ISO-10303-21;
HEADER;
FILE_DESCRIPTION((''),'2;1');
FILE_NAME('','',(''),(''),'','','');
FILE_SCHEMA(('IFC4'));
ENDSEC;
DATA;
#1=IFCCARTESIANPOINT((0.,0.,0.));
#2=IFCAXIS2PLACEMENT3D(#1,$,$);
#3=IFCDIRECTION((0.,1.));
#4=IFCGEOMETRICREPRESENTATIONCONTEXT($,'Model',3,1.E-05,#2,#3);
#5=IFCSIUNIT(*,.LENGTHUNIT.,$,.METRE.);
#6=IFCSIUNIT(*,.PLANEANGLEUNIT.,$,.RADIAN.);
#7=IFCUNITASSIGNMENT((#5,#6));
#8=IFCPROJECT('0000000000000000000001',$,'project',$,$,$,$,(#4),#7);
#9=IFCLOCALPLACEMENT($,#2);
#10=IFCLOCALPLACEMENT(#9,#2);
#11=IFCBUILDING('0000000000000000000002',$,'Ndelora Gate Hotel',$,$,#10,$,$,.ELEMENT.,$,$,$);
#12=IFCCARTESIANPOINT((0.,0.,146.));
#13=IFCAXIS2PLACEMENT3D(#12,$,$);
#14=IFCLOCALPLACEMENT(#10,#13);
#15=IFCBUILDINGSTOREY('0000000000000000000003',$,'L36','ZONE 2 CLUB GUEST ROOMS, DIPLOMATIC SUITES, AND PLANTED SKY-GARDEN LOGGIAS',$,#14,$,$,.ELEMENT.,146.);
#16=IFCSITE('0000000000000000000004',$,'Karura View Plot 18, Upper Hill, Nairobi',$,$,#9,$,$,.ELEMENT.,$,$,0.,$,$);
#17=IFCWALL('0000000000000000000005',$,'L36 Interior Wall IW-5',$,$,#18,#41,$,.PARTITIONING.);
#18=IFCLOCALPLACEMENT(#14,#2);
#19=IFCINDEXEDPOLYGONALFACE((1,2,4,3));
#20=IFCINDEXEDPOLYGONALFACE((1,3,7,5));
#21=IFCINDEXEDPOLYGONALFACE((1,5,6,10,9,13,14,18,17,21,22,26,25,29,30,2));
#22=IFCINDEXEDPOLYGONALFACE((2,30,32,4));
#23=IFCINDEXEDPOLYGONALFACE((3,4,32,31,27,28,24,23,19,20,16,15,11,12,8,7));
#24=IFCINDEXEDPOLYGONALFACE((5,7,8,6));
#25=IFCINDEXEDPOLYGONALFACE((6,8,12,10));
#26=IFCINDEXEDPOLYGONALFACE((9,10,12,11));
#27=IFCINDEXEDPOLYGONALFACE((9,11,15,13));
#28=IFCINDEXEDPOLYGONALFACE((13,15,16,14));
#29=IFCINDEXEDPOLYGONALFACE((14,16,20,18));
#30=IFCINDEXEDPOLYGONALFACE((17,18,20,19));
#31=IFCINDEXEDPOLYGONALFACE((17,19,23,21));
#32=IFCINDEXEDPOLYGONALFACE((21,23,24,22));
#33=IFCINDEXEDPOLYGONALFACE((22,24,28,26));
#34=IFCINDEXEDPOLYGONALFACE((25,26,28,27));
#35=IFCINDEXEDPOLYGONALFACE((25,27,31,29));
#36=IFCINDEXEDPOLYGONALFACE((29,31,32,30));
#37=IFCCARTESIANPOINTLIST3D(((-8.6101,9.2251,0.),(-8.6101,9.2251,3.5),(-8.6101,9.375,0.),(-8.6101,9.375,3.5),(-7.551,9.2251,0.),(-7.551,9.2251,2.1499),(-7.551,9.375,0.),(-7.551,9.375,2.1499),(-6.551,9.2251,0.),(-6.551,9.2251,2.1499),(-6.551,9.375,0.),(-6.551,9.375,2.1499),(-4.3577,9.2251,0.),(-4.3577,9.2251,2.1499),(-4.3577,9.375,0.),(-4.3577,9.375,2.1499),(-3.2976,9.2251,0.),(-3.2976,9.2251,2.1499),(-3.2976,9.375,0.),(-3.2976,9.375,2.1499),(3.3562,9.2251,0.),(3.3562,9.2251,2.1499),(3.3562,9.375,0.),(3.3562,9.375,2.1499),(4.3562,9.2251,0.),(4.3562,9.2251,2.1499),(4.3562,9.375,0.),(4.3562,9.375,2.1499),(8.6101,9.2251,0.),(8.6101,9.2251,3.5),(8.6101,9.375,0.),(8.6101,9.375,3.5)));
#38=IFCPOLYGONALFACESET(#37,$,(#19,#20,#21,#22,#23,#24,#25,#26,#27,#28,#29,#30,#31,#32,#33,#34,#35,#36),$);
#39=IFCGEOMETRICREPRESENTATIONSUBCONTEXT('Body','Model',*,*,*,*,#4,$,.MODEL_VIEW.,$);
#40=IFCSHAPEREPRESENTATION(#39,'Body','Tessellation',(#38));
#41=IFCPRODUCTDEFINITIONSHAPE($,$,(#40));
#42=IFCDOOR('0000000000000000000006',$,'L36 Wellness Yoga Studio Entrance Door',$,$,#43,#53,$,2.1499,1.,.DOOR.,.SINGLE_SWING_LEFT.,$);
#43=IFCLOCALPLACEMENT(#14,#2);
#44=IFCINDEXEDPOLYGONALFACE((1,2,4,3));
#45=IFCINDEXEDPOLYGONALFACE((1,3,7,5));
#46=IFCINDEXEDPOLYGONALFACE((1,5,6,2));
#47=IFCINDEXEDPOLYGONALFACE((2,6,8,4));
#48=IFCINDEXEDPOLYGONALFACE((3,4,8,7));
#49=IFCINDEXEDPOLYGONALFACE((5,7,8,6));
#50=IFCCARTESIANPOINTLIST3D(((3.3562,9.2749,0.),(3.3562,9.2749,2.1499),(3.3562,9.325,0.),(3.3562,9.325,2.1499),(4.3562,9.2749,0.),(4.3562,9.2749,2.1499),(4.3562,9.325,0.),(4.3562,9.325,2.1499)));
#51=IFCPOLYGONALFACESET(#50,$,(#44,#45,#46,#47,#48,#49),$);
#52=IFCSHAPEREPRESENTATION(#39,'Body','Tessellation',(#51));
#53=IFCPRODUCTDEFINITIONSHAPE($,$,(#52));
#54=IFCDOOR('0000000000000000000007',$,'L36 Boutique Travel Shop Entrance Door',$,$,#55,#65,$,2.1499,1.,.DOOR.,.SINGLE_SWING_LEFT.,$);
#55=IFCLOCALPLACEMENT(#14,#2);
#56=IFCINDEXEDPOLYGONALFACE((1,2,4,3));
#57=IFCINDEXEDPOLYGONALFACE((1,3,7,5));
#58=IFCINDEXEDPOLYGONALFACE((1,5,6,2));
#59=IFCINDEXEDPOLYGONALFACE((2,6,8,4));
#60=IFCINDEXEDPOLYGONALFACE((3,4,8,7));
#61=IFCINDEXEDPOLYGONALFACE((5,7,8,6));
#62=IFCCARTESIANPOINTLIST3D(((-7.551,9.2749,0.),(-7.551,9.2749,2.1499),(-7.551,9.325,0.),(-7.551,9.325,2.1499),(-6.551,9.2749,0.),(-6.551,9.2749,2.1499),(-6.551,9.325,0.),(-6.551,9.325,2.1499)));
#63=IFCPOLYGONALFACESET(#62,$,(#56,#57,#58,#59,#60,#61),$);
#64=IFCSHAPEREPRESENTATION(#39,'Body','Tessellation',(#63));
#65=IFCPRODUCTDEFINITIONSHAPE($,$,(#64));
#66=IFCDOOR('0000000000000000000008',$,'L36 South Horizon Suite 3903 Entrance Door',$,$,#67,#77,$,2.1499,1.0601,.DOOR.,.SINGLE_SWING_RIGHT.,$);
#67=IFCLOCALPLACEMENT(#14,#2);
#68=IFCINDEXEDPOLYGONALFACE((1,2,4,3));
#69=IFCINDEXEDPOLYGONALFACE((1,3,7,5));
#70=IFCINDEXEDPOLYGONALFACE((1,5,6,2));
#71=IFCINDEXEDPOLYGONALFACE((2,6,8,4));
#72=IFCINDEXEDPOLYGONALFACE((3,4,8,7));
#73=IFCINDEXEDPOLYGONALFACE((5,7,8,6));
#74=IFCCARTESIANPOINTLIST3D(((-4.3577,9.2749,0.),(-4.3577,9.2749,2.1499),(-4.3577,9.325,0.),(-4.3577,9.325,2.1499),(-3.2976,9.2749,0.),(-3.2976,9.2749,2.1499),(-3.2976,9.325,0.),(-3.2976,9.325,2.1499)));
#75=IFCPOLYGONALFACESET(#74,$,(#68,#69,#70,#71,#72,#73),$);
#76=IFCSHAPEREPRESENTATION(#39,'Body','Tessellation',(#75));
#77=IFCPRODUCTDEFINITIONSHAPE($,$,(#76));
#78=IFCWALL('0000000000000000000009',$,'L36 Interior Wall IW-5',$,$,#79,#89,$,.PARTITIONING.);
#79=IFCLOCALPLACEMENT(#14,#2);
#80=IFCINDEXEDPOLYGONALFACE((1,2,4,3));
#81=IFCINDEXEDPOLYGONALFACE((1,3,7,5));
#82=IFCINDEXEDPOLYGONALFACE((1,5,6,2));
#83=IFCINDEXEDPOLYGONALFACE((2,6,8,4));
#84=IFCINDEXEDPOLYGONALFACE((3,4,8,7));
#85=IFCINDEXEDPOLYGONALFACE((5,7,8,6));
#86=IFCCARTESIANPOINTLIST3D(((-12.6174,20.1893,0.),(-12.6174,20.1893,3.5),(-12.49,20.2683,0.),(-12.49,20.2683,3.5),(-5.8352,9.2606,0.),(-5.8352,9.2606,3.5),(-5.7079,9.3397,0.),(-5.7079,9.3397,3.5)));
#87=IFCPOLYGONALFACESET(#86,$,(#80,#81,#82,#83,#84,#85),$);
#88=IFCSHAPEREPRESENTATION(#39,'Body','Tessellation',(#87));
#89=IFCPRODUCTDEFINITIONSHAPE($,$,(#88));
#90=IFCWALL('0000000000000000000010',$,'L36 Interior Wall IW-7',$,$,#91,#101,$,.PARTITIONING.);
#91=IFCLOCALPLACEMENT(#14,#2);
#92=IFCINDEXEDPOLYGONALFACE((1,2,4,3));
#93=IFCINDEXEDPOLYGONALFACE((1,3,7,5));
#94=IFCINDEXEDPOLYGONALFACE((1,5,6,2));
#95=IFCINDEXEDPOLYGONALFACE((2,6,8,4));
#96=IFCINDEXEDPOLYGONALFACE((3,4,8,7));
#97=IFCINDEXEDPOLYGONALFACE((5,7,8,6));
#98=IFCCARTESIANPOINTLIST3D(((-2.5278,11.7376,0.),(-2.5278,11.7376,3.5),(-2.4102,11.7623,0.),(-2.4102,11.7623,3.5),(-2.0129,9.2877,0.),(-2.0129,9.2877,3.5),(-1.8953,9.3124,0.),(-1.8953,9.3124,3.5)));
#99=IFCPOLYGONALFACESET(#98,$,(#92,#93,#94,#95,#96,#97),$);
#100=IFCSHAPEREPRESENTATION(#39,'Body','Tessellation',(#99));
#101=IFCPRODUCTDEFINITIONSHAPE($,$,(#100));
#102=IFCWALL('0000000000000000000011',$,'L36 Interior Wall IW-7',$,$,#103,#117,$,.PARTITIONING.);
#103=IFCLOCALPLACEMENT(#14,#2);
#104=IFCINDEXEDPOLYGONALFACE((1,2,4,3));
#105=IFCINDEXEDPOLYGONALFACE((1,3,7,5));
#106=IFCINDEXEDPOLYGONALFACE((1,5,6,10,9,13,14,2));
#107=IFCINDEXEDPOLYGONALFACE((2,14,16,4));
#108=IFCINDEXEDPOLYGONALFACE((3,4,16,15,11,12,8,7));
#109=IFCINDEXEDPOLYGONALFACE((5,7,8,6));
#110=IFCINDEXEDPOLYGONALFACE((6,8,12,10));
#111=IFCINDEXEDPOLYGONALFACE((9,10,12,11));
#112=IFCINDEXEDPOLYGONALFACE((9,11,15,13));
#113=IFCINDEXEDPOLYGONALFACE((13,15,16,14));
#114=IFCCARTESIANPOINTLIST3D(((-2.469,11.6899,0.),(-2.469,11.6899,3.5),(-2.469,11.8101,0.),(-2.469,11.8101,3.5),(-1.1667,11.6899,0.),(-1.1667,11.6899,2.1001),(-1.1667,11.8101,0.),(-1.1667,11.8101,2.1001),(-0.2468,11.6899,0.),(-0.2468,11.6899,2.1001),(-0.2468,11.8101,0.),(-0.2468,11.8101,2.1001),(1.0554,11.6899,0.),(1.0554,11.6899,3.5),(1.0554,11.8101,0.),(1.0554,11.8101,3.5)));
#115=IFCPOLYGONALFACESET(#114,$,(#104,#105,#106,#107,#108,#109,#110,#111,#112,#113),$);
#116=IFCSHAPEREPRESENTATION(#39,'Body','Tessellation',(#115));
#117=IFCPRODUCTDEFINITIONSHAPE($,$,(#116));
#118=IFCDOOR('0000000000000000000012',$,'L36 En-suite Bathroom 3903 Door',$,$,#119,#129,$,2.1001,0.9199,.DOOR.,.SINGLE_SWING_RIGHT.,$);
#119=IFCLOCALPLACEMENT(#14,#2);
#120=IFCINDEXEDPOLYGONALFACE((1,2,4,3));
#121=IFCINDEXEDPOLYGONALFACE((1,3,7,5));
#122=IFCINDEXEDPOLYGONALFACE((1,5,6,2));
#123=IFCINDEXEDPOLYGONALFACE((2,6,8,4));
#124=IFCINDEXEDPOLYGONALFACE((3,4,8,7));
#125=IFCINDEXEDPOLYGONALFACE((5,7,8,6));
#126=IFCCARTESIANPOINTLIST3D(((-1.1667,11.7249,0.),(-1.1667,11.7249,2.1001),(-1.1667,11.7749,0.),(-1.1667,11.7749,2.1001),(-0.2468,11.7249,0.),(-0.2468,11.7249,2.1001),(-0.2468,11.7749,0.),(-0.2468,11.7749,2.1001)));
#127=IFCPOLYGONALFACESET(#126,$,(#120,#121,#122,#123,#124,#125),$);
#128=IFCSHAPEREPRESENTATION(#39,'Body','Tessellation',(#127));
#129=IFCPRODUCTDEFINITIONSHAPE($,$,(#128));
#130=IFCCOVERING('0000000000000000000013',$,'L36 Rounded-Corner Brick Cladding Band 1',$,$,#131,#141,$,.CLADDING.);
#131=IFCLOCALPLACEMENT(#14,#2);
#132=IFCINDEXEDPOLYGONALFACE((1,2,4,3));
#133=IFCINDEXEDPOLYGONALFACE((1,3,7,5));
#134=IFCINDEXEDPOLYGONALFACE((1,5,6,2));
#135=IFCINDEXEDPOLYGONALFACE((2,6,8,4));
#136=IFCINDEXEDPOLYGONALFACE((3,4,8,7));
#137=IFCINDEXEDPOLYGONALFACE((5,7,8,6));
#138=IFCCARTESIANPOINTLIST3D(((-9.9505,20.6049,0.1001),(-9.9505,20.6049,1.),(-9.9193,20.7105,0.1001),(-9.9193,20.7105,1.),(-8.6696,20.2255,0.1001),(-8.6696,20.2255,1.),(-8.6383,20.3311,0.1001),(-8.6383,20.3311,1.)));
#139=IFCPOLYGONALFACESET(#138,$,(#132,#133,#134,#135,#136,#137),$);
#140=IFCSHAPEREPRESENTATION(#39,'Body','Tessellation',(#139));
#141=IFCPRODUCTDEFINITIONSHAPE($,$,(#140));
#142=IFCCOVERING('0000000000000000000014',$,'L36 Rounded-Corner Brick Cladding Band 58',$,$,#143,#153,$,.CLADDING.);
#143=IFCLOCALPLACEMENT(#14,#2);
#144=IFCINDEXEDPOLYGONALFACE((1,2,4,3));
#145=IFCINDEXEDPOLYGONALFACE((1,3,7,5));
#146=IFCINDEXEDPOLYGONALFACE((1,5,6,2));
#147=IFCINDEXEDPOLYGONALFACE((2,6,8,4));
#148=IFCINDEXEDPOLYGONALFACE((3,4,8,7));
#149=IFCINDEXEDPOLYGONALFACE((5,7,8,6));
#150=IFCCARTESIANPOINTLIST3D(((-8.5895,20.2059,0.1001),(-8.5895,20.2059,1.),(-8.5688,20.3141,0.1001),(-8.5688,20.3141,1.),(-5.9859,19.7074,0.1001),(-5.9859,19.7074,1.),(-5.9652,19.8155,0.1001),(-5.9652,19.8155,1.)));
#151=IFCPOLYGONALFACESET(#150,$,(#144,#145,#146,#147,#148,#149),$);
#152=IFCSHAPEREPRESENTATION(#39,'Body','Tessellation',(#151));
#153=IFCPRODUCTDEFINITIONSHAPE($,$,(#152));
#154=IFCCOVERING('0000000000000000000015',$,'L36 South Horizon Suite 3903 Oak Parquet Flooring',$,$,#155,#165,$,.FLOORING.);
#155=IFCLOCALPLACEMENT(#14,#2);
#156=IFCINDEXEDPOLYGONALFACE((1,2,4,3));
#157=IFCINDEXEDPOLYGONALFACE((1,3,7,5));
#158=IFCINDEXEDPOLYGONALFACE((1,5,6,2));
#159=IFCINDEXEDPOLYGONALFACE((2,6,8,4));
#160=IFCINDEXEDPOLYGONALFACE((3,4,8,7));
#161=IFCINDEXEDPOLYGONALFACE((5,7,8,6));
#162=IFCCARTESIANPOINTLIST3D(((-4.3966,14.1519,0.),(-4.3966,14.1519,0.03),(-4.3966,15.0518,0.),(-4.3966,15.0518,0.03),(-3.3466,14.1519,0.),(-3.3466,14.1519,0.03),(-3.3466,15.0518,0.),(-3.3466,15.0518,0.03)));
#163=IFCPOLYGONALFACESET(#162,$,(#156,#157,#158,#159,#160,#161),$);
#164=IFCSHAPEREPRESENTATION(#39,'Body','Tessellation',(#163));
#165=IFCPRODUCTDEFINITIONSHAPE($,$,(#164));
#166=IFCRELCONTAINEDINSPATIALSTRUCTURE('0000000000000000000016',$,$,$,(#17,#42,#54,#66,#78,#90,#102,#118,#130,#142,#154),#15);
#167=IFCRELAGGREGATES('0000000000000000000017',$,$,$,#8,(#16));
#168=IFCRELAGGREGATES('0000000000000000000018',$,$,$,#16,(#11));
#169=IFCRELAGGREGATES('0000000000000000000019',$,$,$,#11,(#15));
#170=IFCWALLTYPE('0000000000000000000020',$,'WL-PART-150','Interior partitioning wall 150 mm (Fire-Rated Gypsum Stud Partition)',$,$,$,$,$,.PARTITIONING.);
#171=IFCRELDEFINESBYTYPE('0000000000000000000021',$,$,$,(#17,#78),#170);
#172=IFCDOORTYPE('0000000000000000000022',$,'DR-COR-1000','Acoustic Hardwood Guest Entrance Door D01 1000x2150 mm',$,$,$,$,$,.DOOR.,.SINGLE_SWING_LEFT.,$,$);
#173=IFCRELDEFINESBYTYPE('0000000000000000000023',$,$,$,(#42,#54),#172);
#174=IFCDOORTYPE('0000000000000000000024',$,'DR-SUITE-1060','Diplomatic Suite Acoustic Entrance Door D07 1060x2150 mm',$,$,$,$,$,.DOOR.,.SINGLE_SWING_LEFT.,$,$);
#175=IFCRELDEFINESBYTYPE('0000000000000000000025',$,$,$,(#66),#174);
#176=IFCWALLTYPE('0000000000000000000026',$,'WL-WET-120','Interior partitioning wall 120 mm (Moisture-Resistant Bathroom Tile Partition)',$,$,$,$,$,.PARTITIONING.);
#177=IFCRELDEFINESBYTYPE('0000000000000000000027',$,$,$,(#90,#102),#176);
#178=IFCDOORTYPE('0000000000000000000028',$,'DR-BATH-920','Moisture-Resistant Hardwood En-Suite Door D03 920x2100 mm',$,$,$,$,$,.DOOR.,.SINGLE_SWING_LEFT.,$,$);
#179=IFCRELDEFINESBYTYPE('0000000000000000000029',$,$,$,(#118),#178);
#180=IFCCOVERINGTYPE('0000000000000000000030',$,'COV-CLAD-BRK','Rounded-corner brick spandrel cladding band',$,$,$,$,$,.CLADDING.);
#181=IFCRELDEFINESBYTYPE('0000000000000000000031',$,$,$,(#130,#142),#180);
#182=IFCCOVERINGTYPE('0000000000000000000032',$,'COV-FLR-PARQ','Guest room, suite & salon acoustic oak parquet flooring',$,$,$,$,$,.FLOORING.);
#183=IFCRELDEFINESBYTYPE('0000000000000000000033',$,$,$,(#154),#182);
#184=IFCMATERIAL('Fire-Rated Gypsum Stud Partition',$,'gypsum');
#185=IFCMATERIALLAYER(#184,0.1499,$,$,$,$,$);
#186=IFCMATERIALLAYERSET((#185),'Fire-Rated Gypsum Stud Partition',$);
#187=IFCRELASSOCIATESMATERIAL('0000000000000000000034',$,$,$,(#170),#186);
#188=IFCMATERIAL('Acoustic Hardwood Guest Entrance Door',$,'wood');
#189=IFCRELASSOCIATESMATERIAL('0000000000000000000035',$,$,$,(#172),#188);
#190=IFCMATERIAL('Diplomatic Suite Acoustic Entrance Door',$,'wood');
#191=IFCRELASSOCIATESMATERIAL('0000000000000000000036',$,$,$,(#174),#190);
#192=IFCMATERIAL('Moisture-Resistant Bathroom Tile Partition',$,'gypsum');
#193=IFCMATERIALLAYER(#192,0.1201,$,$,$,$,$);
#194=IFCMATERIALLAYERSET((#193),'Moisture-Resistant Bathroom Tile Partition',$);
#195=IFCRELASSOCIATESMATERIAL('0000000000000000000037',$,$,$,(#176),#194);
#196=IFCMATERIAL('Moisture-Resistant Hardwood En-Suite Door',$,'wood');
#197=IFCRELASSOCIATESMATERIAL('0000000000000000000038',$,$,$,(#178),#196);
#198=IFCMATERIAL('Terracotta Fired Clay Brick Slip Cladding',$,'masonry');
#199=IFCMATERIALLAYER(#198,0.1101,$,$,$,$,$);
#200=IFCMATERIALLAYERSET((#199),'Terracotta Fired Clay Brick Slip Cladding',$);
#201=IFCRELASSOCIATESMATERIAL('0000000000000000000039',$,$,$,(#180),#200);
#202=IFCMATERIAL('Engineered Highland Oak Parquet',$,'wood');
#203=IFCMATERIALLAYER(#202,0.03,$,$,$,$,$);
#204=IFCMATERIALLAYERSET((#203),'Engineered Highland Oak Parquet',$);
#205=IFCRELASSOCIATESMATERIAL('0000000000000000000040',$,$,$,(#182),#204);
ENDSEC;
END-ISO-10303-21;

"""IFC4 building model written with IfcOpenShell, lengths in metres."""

from ifc_helpers import new_model, si_unit, direction, frame, frame_2d, origin, origin_2d, place, context, subcontext, project, spatial, rectangle, extrude, material, layer, layer_set, type_object, element, fill, save


model = new_model("IFC4")

# Units and contexts
model_context = context("Model", 3, precision=1e-05, world=origin(), true_north=direction((0.0, 1.0)))
body_context = subcontext(model_context, "Body", "Model", "MODEL_VIEW")
ifc_project = project(units=[si_unit("LENGTHUNIT", "METRE"), si_unit("PLANEANGLEUNIT", "RADIAN")], contexts=[model_context])

# Site, building, storey
site_placement = place(None, origin())
site = spatial("IfcSite", under=ifc_project, at=site_placement, Name="Karura View Plot 18, Upper Hill, Nairobi", CompositionType="ELEMENT", RefElevation=0.0)
building_placement = place(site_placement, origin())
building = spatial("IfcBuilding", under=site, at=building_placement, Name="Ndelora Gate Hotel", CompositionType="ELEMENT")
storey_placement = place(building_placement, frame((0.0, 0.0, 146.0)))
storey = spatial("IfcBuildingStorey", under=building, at=storey_placement, Name="L36", Description="ZONE 2 CLUB GUEST ROOMS, DIPLOMATIC SUITES, AND PLANTED SKY-GARDEN LOGGIAS", CompositionType="ELEMENT", Elevation=146.0)

# Wall, openings, doors
ifc_material_1 = material(Name="Fire-Rated Gypsum Stud Partition", Category="gypsum")
ifc_layer_1 = layer(ifc_material_1, 0.1499)
ifc_layer_set_1 = layer_set([ifc_layer_1], Name="Fire-Rated Gypsum Stud Partition")
wall_type_1 = type_object("IfcWallType", Name="WL-PART-150", Description="Interior partitioning wall 150 mm (Fire-Rated Gypsum Stud Partition)", PredefinedType="PARTITIONING", material=ifc_layer_set_1)
wall_1_placement = place(storey_placement, frame((-8.6101, 9.3, 0.0), z_axis=(0.0, 0.0, 1.0), x_axis=(1.0, 0.0, 0.0)))
wall_1 = element("IfcWall", 1, at=wall_1_placement, inside=storey, type_object=wall_type_1, Name="L36 Interior Wall IW-5", PredefinedType="PARTITIONING", context=body_context, shape_type="SweptSolid", body=[
    extrude(rectangle(XDim=17.2202, YDim=0.1499, at=frame_2d((8.6101, 0.0))), origin(), (0.0, 0.0, 1.0), 3.5),
])
opening_1_placement = place(wall_1_placement, frame((11.9663, 0.0, 0.0)))
opening_1 = element("IfcOpeningElement", 2, at=opening_1_placement, cuts=wall_1, PredefinedType="OPENING", context=body_context, shape_type="SweptSolid", body=[
    extrude(rectangle(XDim=1.0, YDim=2.1499, at=frame_2d((0.5, 1.075))), frame((0.0, 0.085, 0.0), z_axis=(0.0, -1.0, 0.0), x_axis=(1.0, 0.0, 0.0)), (0.0, 0.0, 1.0), 0.1699),
])
opening_2_placement = place(wall_1_placement, frame((1.0591, 0.0, 0.0)))
opening_2 = element("IfcOpeningElement", 3, at=opening_2_placement, cuts=wall_1, PredefinedType="OPENING", context=body_context, shape_type="SweptSolid", body=[
    extrude(rectangle(XDim=1.0, YDim=2.1499, at=frame_2d((0.5, 1.075))), frame((0.0, 0.085, 0.0), z_axis=(0.0, -1.0, 0.0), x_axis=(1.0, 0.0, 0.0)), (0.0, 0.0, 1.0), 0.1699),
])
opening_3_placement = place(wall_1_placement, frame((4.2524, 0.0, 0.0)))
opening_3 = element("IfcOpeningElement", 4, at=opening_3_placement, cuts=wall_1, PredefinedType="OPENING", context=body_context, shape_type="SweptSolid", body=[
    extrude(rectangle(XDim=1.0601, YDim=2.1499, at=frame_2d((0.53, 1.075))), frame((0.0, 0.085, 0.0), z_axis=(0.0, -1.0, 0.0), x_axis=(1.0, 0.0, 0.0)), (0.0, 0.0, 1.0), 0.1699),
])
ifc_material_2 = material(Name="Acoustic Hardwood Guest Entrance Door", Category="wood")
door_type_1 = type_object("IfcDoorType", Name="DR-COR-1000", Description="Acoustic Hardwood Guest Entrance Door D01 1000x2150 mm", OperationType="SINGLE_SWING_LEFT", PredefinedType="DOOR", material=ifc_material_2)
door_1_placement = place(opening_1_placement, origin())
door_1 = element("IfcDoor", 5, at=door_1_placement, inside=storey, type_object=door_type_1, Name="L36 Wellness Yoga Studio Entrance Door", OperationType="SINGLE_SWING_LEFT", OverallHeight=2.1499, OverallWidth=1.0, PredefinedType="DOOR", context=body_context, shape_type="SweptSolid", body=[
    extrude(rectangle(XDim=1.0, YDim=2.1499, at=frame_2d((0.5, 1.075))), frame((0.0, 0.0249, 0.0), z_axis=(0.0, -1.0, 0.0), x_axis=(1.0, 0.0, 0.0)), (0.0, 0.0, 1.0), 0.05),
])
fill(opening_1, door_1)
door_2_placement = place(opening_2_placement, origin())
door_2 = element("IfcDoor", 6, at=door_2_placement, inside=storey, type_object=door_type_1, Name="L36 Boutique Travel Shop Entrance Door", OperationType="SINGLE_SWING_LEFT", OverallHeight=2.1499, OverallWidth=1.0, PredefinedType="DOOR", context=body_context, shape_type="SweptSolid", body=[
    extrude(rectangle(XDim=1.0, YDim=2.1499, at=frame_2d((0.5, 1.075))), frame((0.0, 0.0249, 0.0), z_axis=(0.0, -1.0, 0.0), x_axis=(1.0, 0.0, 0.0)), (0.0, 0.0, 1.0), 0.05),
])
fill(opening_2, door_2)
ifc_material_3 = material(Name="Diplomatic Suite Acoustic Entrance Door", Category="wood")
door_type_2 = type_object("IfcDoorType", Name="DR-SUITE-1060", Description="Diplomatic Suite Acoustic Entrance Door D07 1060x2150 mm", OperationType="SINGLE_SWING_LEFT", PredefinedType="DOOR", material=ifc_material_3)
door_3_placement = place(opening_3_placement, origin())
door_3 = element("IfcDoor", 7, at=door_3_placement, inside=storey, type_object=door_type_2, Name="L36 South Horizon Suite 3903 Entrance Door", OperationType="SINGLE_SWING_RIGHT", OverallHeight=2.1499, OverallWidth=1.0601, PredefinedType="DOOR", context=body_context, shape_type="SweptSolid", body=[
    extrude(rectangle(XDim=1.0601, YDim=2.1499, at=frame_2d((0.53, 1.075))), frame((0.0, 0.0249, 0.0), z_axis=(0.0, -1.0, 0.0), x_axis=(1.0, 0.0, 0.0)), (0.0, 0.0, 1.0), 0.05),
])
fill(opening_3, door_3)

# Walls
wall_2_placement = place(storey_placement, frame((-5.7715, 9.3, 0.0), z_axis=(0.0, 0.0, 1.0), x_axis=(-0.5273, 0.849679, 0.0)))
element("IfcWall", 8, at=wall_2_placement, inside=storey, type_object=wall_type_1, Name="L36 Interior Wall IW-5", PredefinedType="PARTITIONING", context=body_context, shape_type="SweptSolid", body=[
    extrude(rectangle(XDim=12.8621, YDim=0.1499, at=frame_2d((6.4312, 0.0))), origin(), (0.0, 0.0, 1.0), 3.5),
])
ifc_material_4 = material(Name="Moisture-Resistant Bathroom Tile Partition", Category="gypsum")
ifc_layer_2 = layer(ifc_material_4, 0.1201)
ifc_layer_set_2 = layer_set([ifc_layer_2], Name="Moisture-Resistant Bathroom Tile Partition")
wall_type_2 = type_object("IfcWallType", Name="WL-WET-120", Description="Interior partitioning wall 120 mm (Moisture-Resistant Bathroom Tile Partition)", PredefinedType="PARTITIONING", material=ifc_layer_set_2)
wall_3_placement = place(storey_placement, frame((-1.9541, 9.3, 0.0), z_axis=(0.0, 0.0, 1.0), x_axis=(-0.205671, 0.978621, 0.0)))
element("IfcWall", 9, at=wall_3_placement, inside=storey, type_object=wall_type_2, Name="L36 Interior Wall IW-7", PredefinedType="PARTITIONING", context=body_context, shape_type="SweptSolid", body=[
    extrude(rectangle(XDim=2.5034, YDim=0.1201, at=frame_2d((1.2517, 0.0))), origin(), (0.0, 0.0, 1.0), 3.5),
])

# Wall, opening, door
wall_4_placement = place(storey_placement, frame((-2.469, 11.75, 0.0), z_axis=(0.0, 0.0, 1.0), x_axis=(1.0, 0.0, 0.0)))
wall_4 = element("IfcWall", 10, at=wall_4_placement, inside=storey, type_object=wall_type_2, Name="L36 Interior Wall IW-7", PredefinedType="PARTITIONING", context=body_context, shape_type="SweptSolid", body=[
    extrude(rectangle(XDim=3.5244, YDim=0.1201, at=frame_2d((1.7622, 0.0))), origin(), (0.0, 0.0, 1.0), 3.5),
])
opening_4_placement = place(wall_4_placement, frame((1.3022, 0.0, 0.0)))
opening_4 = element("IfcOpeningElement", 11, at=opening_4_placement, cuts=wall_4, PredefinedType="OPENING", context=body_context, shape_type="SweptSolid", body=[
    extrude(rectangle(XDim=0.9199, YDim=2.1001, at=frame_2d((0.46, 1.05))), frame((0.0, 0.0701, 0.0), z_axis=(0.0, -1.0, 0.0), x_axis=(1.0, 0.0, 0.0)), (0.0, 0.0, 1.0), 0.1401),
])
ifc_material_5 = material(Name="Moisture-Resistant Hardwood En-Suite Door", Category="wood")
door_type_3 = type_object("IfcDoorType", Name="DR-BATH-920", Description="Moisture-Resistant Hardwood En-Suite Door D03 920x2100 mm", OperationType="SINGLE_SWING_LEFT", PredefinedType="DOOR", material=ifc_material_5)
door_4_placement = place(opening_4_placement, origin())
door_4 = element("IfcDoor", 12, at=door_4_placement, inside=storey, type_object=door_type_3, Name="L36 En-suite Bathroom 3903 Door", OperationType="SINGLE_SWING_RIGHT", OverallHeight=2.1001, OverallWidth=0.9199, PredefinedType="DOOR", context=body_context, shape_type="SweptSolid", body=[
    extrude(rectangle(XDim=0.9199, YDim=2.1001, at=frame_2d((0.46, 1.05))), frame((0.0, 0.0249, 0.0), z_axis=(0.0, -1.0, 0.0), x_axis=(1.0, 0.0, 0.0)), (0.0, 0.0, 1.0), 0.05),
])
fill(opening_4, door_4)

# Coverings
ifc_material_6 = material(Name="Terracotta Fired Clay Brick Slip Cladding", Category="masonry")
ifc_layer_3 = layer(ifc_material_6, 0.1101)
ifc_layer_set_3 = layer_set([ifc_layer_3], Name="Terracotta Fired Clay Brick Slip Cladding")
covering_type_1 = type_object("IfcCoveringType", Name="COV-CLAD-BRK", Description="Rounded-corner brick spandrel cladding band", PredefinedType="CLADDING", material=ifc_layer_set_3)
covering_1_placement = place(storey_placement, frame((-9.2944, 20.468, 0.1001), z_axis=(0.0, 0.0, 1.0), x_axis=(-0.95882, 0.284015, 0.0)))
element("IfcCovering", 13, at=covering_1_placement, inside=storey, type_object=covering_type_1, Name="L36 Rounded-Corner Brick Cladding Band 1", PredefinedType="CLADDING", context=body_context, shape_type="SweptSolid", body=[
    extrude(rectangle(XDim=1.3359, YDim=0.1101, at=origin_2d()), origin(), (0.0, 0.0, 1.0), 0.8999),
])
covering_2_placement = place(storey_placement, frame((-7.2773, 20.0107, 0.1001), z_axis=(0.0, 0.0, 1.0), x_axis=(-0.982156, 0.188067, 0.0)))
element("IfcCovering", 14, at=covering_2_placement, inside=storey, type_object=covering_type_1, Name="L36 Rounded-Corner Brick Cladding Band 58", PredefinedType="CLADDING", context=body_context, shape_type="SweptSolid", body=[
    extrude(rectangle(XDim=2.6509, YDim=0.1101, at=origin_2d()), origin(), (0.0, 0.0, 1.0), 0.8999),
])
ifc_material_7 = material(Name="Engineered Highland Oak Parquet", Category="wood")
ifc_layer_4 = layer(ifc_material_7, 0.03)
ifc_layer_set_4 = layer_set([ifc_layer_4], Name="Engineered Highland Oak Parquet")
covering_type_2 = type_object("IfcCoveringType", Name="COV-FLR-PARQ", Description="Guest room, suite & salon acoustic oak parquet flooring", PredefinedType="FLOORING", material=ifc_layer_set_4)
covering_3_placement = place(storey_placement, frame((-3.8716, 14.6018, 0.0), z_axis=(0.0, 0.0, 1.0), x_axis=(1.0, 0.0, 0.0)))
element("IfcCovering", 15, at=covering_3_placement, inside=storey, type_object=covering_type_2, Name="L36 South Horizon Suite 3903 Oak Parquet Flooring", PredefinedType="FLOORING", context=body_context, shape_type="SweptSolid", body=[
    extrude(rectangle(XDim=1.05, YDim=0.8999, at=origin_2d()), origin(), (0.0, 0.0, 1.0), 0.03),
])

save(model, "model.ifc")
